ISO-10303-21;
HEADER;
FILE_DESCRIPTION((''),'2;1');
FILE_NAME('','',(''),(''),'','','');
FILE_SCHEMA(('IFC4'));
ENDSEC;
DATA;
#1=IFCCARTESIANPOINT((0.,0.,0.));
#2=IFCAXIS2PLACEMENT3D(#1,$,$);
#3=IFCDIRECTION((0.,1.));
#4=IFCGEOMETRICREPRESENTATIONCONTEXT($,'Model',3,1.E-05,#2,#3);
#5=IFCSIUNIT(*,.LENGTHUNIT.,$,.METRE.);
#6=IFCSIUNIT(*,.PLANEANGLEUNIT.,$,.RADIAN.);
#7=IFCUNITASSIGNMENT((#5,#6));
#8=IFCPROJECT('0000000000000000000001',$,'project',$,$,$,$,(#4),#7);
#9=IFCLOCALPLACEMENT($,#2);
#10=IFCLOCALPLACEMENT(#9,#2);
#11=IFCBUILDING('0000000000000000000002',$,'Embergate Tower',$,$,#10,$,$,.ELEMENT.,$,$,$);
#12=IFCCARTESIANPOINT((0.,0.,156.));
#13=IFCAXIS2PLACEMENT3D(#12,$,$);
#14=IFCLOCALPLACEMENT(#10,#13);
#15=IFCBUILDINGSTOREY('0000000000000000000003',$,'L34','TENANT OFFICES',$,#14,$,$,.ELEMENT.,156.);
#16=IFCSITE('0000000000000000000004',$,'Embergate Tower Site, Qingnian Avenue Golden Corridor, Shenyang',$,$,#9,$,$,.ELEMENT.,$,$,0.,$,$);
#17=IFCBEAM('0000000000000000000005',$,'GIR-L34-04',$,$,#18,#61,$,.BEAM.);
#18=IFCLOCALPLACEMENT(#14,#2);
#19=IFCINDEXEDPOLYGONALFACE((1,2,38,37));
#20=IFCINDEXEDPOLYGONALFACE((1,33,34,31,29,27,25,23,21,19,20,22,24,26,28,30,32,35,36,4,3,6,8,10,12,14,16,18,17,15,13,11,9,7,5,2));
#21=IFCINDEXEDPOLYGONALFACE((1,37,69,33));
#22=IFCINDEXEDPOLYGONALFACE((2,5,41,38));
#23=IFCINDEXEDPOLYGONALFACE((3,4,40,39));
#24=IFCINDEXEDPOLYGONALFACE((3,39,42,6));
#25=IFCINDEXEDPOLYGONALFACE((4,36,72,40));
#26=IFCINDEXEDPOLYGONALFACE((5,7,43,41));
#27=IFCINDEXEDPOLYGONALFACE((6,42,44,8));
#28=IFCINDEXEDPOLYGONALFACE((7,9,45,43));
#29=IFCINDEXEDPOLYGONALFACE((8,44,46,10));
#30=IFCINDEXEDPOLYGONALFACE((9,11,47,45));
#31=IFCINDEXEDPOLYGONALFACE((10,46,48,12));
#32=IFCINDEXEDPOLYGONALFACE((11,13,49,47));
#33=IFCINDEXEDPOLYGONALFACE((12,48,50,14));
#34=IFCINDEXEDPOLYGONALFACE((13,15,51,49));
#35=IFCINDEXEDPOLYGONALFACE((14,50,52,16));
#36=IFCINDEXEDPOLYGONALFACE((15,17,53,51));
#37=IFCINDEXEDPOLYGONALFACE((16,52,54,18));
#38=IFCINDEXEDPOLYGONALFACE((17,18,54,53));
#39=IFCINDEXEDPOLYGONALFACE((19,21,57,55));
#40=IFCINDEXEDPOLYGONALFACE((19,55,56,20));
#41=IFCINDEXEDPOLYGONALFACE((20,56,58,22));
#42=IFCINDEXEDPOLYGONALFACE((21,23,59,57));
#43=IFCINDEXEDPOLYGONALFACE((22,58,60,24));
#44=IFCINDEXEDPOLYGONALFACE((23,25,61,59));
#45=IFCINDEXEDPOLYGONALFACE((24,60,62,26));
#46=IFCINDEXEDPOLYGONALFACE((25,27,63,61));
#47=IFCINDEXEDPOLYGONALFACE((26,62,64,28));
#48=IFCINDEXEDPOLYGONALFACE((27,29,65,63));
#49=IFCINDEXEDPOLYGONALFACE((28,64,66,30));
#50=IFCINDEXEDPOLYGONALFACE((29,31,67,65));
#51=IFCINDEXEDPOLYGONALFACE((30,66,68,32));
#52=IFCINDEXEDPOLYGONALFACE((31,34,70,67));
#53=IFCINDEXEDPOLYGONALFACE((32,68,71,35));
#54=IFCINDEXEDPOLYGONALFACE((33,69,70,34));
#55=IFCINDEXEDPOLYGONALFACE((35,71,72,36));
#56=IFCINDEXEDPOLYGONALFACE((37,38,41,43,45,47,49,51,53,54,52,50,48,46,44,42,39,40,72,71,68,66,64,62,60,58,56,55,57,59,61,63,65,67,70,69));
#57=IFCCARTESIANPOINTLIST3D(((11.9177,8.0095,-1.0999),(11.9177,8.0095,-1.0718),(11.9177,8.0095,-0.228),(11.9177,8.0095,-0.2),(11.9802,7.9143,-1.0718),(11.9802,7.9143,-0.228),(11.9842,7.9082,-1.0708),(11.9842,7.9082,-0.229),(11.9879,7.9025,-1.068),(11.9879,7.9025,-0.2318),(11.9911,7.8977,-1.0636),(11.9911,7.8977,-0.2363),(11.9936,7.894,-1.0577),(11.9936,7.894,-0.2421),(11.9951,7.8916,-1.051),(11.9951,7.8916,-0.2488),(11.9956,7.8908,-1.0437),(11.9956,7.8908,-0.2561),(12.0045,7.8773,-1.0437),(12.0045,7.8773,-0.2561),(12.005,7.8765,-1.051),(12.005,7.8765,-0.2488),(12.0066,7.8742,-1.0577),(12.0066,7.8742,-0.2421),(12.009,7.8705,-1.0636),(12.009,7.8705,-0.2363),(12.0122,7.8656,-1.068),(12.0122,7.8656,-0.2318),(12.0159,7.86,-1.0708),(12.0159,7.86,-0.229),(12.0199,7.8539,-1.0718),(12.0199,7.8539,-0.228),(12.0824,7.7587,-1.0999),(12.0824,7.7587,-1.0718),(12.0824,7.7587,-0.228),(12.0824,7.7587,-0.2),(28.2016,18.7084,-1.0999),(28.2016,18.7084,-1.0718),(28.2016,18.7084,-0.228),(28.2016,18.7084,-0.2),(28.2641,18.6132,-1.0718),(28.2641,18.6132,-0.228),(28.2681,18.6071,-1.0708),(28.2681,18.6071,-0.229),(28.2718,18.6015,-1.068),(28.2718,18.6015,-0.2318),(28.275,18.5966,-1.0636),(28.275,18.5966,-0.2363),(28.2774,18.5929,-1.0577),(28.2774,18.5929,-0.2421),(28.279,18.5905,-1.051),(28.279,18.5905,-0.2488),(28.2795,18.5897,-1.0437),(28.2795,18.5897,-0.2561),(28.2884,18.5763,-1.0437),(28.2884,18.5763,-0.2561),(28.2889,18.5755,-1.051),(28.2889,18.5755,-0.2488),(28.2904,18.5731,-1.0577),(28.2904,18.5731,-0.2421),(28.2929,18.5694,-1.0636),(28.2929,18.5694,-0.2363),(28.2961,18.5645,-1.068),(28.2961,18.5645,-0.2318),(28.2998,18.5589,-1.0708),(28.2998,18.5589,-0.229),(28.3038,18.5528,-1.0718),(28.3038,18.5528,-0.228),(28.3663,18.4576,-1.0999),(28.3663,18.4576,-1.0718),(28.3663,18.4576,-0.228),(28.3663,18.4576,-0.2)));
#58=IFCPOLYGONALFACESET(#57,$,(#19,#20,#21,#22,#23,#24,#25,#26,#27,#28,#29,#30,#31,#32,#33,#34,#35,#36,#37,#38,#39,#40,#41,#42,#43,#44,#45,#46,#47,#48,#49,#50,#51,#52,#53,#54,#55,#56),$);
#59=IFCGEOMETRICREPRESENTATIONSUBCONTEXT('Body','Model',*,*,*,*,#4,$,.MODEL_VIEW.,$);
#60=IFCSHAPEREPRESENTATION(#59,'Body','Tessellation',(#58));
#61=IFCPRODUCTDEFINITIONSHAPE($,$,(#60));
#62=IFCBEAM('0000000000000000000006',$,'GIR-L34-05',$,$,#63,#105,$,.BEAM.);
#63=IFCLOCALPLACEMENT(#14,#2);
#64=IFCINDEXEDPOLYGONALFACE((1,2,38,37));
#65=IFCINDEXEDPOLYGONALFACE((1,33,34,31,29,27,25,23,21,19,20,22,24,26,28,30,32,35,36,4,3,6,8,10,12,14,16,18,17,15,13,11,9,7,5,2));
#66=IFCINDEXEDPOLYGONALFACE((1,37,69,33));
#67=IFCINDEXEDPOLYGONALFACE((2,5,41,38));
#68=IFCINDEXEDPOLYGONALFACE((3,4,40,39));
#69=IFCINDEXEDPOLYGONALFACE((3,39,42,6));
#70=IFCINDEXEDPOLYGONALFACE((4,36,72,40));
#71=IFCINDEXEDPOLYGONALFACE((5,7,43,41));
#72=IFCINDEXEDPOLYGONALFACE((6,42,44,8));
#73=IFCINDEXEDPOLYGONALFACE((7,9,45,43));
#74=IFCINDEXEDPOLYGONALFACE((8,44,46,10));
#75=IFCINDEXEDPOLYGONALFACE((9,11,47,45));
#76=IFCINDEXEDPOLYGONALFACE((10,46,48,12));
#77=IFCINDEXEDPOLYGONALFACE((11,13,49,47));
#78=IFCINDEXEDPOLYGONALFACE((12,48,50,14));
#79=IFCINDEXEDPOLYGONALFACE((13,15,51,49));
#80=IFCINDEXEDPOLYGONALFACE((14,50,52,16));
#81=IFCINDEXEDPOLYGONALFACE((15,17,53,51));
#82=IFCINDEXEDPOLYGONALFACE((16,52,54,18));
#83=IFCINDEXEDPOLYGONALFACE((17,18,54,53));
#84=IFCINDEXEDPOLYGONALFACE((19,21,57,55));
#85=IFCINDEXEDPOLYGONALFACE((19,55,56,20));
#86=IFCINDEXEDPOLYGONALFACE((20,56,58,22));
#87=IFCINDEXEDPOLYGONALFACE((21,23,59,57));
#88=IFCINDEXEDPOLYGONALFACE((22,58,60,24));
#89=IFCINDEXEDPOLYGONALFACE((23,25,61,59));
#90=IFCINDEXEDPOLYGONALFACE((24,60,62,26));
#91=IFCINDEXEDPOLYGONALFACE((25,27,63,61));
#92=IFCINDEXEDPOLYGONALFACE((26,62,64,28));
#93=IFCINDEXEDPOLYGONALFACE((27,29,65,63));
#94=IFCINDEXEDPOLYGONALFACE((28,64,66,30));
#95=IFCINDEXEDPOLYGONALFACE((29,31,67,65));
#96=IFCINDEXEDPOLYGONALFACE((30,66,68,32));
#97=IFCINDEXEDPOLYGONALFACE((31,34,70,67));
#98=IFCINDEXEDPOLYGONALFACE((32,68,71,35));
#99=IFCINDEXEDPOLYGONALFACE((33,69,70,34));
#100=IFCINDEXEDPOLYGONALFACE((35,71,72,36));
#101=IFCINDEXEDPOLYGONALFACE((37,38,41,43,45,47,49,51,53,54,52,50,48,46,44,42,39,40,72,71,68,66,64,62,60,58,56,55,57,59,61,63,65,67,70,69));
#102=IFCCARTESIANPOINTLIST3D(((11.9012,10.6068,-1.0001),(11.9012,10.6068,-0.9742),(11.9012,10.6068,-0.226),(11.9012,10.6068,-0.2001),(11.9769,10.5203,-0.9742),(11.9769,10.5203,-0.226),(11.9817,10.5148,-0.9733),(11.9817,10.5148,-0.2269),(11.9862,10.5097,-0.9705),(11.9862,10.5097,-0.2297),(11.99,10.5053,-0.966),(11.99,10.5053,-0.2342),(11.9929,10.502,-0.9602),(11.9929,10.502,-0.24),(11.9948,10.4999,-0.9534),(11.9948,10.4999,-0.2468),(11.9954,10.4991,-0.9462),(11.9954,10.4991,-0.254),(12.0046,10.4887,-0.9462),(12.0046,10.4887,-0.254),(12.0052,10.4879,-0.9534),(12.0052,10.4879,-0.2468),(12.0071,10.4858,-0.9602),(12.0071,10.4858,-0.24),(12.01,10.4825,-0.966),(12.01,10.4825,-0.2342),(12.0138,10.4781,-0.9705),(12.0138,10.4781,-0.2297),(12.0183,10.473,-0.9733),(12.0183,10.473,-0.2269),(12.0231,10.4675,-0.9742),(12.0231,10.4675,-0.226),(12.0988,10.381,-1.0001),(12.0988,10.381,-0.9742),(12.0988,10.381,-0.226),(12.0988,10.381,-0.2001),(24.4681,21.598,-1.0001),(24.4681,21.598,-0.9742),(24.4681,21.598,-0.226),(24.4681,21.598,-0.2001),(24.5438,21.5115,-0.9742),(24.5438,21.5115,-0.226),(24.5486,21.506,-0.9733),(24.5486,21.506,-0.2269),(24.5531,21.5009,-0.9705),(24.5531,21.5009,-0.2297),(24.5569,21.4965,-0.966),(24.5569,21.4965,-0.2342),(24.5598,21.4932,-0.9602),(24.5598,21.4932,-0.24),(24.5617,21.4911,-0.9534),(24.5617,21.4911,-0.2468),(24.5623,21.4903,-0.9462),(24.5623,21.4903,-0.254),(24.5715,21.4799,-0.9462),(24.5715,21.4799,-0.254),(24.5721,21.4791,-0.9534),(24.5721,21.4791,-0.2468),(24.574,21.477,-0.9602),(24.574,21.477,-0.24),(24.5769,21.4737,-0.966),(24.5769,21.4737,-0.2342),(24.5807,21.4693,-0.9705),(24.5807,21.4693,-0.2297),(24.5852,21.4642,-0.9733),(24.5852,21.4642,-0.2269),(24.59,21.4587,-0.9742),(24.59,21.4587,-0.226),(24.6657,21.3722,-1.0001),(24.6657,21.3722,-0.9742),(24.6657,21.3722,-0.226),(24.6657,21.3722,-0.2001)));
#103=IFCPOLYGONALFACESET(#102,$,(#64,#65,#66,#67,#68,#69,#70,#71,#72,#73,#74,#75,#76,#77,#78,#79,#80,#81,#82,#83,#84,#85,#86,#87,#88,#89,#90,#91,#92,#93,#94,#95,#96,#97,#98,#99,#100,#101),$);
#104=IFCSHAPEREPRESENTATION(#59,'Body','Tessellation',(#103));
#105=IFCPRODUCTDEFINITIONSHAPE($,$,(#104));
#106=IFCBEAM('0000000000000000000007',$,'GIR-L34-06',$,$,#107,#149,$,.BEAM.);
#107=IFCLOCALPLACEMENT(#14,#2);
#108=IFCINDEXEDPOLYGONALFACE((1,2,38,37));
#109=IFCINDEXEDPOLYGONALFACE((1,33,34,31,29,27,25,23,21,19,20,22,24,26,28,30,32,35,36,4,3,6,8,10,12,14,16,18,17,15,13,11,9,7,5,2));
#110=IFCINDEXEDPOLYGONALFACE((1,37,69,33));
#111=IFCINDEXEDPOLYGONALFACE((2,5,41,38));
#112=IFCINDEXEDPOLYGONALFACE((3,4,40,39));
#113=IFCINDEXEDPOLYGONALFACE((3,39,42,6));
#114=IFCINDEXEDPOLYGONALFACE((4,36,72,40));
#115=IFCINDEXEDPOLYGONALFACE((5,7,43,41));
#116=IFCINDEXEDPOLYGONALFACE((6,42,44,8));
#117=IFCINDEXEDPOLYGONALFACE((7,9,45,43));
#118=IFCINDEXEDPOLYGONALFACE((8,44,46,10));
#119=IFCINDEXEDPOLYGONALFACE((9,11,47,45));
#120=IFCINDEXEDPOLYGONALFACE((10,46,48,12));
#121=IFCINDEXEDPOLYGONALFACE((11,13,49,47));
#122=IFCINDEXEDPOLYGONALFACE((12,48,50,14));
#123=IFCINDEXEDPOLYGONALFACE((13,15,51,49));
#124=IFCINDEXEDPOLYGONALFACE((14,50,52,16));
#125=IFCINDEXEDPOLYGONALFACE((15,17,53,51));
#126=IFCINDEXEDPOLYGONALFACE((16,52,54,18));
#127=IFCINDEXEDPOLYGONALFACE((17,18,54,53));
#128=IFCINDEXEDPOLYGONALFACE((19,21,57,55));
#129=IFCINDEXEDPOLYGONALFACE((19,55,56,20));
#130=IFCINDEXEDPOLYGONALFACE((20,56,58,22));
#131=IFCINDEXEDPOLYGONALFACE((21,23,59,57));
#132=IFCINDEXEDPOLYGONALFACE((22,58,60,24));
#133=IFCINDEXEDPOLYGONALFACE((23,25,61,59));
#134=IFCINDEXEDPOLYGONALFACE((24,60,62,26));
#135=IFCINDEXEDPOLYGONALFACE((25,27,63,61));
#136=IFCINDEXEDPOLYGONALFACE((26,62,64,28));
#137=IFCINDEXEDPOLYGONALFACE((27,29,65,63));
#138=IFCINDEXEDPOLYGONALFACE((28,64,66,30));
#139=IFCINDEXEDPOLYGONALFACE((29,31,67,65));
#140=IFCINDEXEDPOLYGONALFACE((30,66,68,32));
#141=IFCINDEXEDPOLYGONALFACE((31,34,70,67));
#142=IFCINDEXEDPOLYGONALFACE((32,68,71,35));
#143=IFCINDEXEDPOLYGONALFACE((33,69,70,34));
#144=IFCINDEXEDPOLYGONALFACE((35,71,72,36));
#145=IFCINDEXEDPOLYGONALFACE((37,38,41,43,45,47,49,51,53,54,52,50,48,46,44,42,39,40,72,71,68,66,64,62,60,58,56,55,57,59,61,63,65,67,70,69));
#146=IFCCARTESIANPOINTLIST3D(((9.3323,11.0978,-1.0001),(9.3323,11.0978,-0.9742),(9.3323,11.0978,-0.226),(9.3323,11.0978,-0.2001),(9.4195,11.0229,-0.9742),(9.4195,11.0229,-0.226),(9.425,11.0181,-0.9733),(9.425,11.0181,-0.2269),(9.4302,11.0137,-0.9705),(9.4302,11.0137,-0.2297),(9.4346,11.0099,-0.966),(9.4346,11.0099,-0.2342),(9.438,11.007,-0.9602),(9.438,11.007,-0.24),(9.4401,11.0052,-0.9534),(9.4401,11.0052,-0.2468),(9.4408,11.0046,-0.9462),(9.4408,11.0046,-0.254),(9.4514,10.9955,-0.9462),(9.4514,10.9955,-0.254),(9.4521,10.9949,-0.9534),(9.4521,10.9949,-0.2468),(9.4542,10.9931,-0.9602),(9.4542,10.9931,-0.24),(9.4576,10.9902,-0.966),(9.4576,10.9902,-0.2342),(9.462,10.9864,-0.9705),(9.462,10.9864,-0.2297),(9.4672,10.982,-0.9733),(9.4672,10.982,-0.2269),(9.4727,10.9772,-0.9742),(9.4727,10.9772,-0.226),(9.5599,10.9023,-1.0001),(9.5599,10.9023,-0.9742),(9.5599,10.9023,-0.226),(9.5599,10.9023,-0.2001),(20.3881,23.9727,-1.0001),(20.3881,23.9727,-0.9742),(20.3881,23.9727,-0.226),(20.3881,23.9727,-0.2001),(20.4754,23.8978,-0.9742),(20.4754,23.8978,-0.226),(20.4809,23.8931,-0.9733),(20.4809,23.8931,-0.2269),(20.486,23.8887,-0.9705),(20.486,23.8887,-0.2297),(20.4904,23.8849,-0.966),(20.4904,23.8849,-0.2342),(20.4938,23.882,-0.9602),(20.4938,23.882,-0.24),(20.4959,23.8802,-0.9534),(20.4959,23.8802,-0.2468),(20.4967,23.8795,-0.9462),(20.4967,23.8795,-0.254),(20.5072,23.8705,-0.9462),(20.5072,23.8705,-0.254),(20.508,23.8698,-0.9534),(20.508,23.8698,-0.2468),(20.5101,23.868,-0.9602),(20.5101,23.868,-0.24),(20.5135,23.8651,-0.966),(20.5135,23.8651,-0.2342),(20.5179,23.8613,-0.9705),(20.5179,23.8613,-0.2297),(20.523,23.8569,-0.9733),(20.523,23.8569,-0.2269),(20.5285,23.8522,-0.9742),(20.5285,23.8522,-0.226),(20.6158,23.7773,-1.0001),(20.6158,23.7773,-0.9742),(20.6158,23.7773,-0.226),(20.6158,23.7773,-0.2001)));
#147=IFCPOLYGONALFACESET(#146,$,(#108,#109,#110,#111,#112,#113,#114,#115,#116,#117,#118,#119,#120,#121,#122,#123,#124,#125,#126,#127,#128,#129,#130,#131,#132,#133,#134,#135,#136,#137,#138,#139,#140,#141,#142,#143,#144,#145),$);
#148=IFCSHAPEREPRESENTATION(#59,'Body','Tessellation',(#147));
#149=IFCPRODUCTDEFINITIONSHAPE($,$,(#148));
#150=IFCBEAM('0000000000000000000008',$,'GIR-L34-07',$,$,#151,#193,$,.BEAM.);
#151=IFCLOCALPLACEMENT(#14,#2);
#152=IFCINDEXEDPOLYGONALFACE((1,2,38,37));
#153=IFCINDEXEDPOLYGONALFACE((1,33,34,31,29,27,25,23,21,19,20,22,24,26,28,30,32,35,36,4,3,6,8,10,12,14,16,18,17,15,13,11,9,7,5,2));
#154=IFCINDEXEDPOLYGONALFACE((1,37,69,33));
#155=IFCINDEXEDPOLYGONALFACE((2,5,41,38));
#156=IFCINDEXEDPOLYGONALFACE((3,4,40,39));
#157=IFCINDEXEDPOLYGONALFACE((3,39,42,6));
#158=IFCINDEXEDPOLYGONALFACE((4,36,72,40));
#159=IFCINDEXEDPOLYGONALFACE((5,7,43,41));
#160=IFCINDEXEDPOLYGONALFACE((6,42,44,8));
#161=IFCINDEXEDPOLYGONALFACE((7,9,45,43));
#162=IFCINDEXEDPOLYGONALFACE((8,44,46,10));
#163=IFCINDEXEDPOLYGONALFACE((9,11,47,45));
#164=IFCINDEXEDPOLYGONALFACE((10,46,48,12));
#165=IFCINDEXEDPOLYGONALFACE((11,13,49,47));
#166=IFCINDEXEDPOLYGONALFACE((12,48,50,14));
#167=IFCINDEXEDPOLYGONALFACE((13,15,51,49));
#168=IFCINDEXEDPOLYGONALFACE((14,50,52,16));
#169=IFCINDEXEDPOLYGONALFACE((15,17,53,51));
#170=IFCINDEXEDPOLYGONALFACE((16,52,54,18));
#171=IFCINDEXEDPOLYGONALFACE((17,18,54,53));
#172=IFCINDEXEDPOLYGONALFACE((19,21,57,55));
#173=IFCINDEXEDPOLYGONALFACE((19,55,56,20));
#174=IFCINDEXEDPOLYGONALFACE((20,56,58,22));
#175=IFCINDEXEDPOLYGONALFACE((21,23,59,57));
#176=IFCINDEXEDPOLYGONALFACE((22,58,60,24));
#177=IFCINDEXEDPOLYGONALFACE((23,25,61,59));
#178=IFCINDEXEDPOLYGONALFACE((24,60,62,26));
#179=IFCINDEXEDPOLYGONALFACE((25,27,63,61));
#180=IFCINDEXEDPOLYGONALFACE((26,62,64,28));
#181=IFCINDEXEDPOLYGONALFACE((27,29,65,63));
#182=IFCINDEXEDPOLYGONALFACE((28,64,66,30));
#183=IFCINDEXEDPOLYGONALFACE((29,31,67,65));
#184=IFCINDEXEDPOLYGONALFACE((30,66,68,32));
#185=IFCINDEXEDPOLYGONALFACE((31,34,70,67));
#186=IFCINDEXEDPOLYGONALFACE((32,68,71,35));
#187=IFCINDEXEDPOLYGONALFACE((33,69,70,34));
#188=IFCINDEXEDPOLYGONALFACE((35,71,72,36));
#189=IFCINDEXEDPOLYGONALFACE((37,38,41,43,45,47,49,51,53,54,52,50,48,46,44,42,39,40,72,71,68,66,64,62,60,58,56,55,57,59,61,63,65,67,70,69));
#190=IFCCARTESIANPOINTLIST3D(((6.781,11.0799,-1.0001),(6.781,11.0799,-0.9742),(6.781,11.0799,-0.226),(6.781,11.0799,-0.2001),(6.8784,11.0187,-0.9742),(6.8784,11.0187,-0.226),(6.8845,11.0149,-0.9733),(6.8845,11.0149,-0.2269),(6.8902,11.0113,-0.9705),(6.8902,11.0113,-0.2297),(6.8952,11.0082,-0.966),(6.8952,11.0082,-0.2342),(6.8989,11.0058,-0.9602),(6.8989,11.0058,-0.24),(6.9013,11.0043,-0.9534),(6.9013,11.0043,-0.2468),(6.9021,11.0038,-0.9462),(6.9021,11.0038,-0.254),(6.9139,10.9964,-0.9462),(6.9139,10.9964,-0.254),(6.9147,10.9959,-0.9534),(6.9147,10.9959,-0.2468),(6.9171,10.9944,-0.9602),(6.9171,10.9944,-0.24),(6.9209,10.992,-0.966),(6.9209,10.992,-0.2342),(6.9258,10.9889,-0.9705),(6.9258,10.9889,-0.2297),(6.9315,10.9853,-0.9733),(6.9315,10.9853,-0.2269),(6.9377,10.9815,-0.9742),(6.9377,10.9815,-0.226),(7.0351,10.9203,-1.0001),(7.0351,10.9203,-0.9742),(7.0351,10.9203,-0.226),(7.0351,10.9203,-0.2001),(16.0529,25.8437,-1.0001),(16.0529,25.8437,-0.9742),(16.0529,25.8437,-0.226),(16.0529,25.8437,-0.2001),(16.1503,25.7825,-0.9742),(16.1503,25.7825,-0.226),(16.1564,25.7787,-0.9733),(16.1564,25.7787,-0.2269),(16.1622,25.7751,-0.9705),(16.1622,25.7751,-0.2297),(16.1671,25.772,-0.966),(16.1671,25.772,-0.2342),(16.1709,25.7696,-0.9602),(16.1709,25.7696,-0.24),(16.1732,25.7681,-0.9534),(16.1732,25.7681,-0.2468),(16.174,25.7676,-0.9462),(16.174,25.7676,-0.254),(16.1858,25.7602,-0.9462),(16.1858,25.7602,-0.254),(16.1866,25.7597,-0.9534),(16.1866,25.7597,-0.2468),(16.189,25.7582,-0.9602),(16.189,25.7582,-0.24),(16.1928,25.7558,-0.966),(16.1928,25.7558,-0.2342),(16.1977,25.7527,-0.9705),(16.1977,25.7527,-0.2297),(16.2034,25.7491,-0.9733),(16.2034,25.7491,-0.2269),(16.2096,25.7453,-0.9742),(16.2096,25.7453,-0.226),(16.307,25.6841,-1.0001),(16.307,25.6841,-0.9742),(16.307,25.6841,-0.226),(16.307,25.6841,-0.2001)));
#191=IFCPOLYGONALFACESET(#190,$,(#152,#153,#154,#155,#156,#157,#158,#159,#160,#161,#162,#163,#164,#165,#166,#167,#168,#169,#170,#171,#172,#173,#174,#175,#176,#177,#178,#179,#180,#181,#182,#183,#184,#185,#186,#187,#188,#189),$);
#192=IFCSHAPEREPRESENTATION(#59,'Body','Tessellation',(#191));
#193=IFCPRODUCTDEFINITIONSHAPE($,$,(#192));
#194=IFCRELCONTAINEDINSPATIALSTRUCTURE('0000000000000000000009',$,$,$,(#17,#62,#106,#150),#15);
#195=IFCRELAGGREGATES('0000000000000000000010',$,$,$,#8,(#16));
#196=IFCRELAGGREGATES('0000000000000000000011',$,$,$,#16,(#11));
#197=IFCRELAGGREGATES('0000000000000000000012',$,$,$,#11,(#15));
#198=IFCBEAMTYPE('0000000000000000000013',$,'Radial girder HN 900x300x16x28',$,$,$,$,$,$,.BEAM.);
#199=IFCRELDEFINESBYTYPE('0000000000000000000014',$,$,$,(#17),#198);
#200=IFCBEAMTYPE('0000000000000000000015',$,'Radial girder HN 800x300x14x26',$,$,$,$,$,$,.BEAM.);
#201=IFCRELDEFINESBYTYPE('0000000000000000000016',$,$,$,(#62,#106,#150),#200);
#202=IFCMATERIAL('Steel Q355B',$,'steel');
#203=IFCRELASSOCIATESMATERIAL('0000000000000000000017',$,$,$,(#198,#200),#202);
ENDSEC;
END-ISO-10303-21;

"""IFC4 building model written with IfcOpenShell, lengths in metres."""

from ifc_helpers import new_model, si_unit, direction, frame, origin, origin_2d, place, context, subcontext, project, spatial, i_section, extrude, source, transform, mapped, material, material_profile, profile_set, type_object, element, save


model = new_model("IFC4")

# Units and contexts
model_context = context("Model", 3, precision=1e-05, world=origin(), true_north=direction((0.0, 1.0)))
body_context = subcontext(model_context, "Body", "Model", "MODEL_VIEW")
ifc_project = project(units=[si_unit("LENGTHUNIT", "METRE"), si_unit("PLANEANGLEUNIT", "RADIAN")], contexts=[model_context])

# Site, building, storey
site_placement = place(None, origin())
site = spatial("IfcSite", under=ifc_project, at=site_placement, Name="Embergate Tower Site, Qingnian Avenue Golden Corridor, Shenyang", CompositionType="ELEMENT", RefElevation=0.0)
building_placement = place(site_placement, origin())
building = spatial("IfcBuilding", under=site, at=building_placement, Name="Embergate Tower", CompositionType="ELEMENT")
storey_placement = place(building_placement, frame((0.0, 0.0, 156.0)))
storey = spatial("IfcBuildingStorey", under=building, at=storey_placement, Name="L34", Description="TENANT OFFICES", CompositionType="ELEMENT", Elevation=156.0)

# Beams
ifc_material_1 = material(Name="Steel Q355B", Category="steel")
ifc_material_profile_1 = material_profile(ifc_material_1, i_section(OverallWidth=0.3, OverallDepth=0.8999, WebThickness=0.0161, FlangeThickness=0.0281, FilletRadius=0.0281, at=origin_2d()), Name="HN 900x300x16x28")
ifc_profile_set_1 = profile_set([ifc_material_profile_1], Name="Steel Q355 grade B")
beam_type_1 = type_object("IfcBeamType", Name="Radial girder HN 900x300x16x28", PredefinedType="BEAM", material=ifc_profile_set_1)
shared_shape_1 = source(origin(), body_context, "Body", "SweptSolid", [
    extrude(i_section(OverallWidth=0.3, OverallDepth=0.8999, WebThickness=0.0161, FlangeThickness=0.0281, FilletRadius=0.0281, at=origin_2d()), origin(), (0.0, 0.0, 1.0), 19.4841),
])
beam_1_placement = place(storey_placement, frame((28.2839, 18.583, -0.6499), z_axis=(-0.83575, -0.54911, 0.0), x_axis=(0.54911, -0.83575, 0.0)))
element("IfcBeam", 1, at=beam_1_placement, inside=storey, type_object=beam_type_1, Name="GIR-L34-04", PredefinedType="BEAM", context=body_context, shape_type="MappedRepresentation", body=[
    mapped(shared_shape_1, transform((0.0, 0.0, 0.0))),
])
ifc_material_profile_2 = material_profile(ifc_material_1, i_section(OverallWidth=0.3, OverallDepth=0.8, WebThickness=0.0139, FlangeThickness=0.0259, FilletRadius=0.0281, at=origin_2d()), Name="HN 800x300x14x26")
ifc_profile_set_2 = profile_set([ifc_material_profile_2], Name="Steel Q355 grade B")
beam_type_2 = type_object("IfcBeamType", Name="Radial girder HN 800x300x14x26", PredefinedType="BEAM", material=ifc_profile_set_2)
shared_shape_2 = source(origin(), body_context, "Body", "SweptSolid", [
    extrude(i_section(OverallWidth=0.3, OverallDepth=0.8, WebThickness=0.0139, FlangeThickness=0.0259, FilletRadius=0.0281, at=origin_2d()), origin(), (0.0, 0.0, 1.0), 16.6953),
])
beam_2_placement = place(storey_placement, frame((24.5669, 21.4851, -0.6001), z_axis=(-0.75272, -0.658341, 0.0), x_axis=(0.658341, -0.75272, 0.0)))
element("IfcBeam", 2, at=beam_2_placement, inside=storey, type_object=beam_type_2, Name="GIR-L34-05", PredefinedType="BEAM", context=body_context, shape_type="MappedRepresentation", body=[
    mapped(shared_shape_2, transform((0.0, 0.0, 0.0))),
])
shared_shape_3 = source(origin(), body_context, "Body", "SweptSolid", [
    extrude(i_section(OverallWidth=0.3, OverallDepth=0.8, WebThickness=0.0139, FlangeThickness=0.0259, FilletRadius=0.0281, at=origin_2d()), origin(), (0.0, 0.0, 1.0), 16.9705),
])
beam_3_placement = place(storey_placement, frame((20.502, 23.875, -0.6001), z_axis=(-0.651477, -0.758668, 0.0), x_axis=(0.758668, -0.651477, 0.0)))
element("IfcBeam", 3, at=beam_3_placement, inside=storey, type_object=beam_type_2, Name="GIR-L34-06", PredefinedType="BEAM", context=body_context, shape_type="MappedRepresentation", body=[
    mapped(shared_shape_3, transform((0.0, 0.0, 0.0))),
])
shared_shape_4 = source(origin(), body_context, "Body", "SweptSolid", [
    extrude(i_section(OverallWidth=0.3, OverallDepth=0.8, WebThickness=0.0139, FlangeThickness=0.0259, FilletRadius=0.0281, at=origin_2d()), origin(), (0.0, 0.0, 1.0), 17.4338),
])
beam_4_placement = place(storey_placement, frame((16.1799, 25.7639, -0.6001), z_axis=(-0.531834, -0.846848, 0.0), x_axis=(0.846848, -0.531834, 0.0)))
element("IfcBeam", 4, at=beam_4_placement, inside=storey, type_object=beam_type_2, Name="GIR-L34-07", PredefinedType="BEAM", context=body_context, shape_type="MappedRepresentation", body=[
    mapped(shared_shape_4, transform((0.0, 0.0, 0.0))),
])

save(model, "model.ifc")
